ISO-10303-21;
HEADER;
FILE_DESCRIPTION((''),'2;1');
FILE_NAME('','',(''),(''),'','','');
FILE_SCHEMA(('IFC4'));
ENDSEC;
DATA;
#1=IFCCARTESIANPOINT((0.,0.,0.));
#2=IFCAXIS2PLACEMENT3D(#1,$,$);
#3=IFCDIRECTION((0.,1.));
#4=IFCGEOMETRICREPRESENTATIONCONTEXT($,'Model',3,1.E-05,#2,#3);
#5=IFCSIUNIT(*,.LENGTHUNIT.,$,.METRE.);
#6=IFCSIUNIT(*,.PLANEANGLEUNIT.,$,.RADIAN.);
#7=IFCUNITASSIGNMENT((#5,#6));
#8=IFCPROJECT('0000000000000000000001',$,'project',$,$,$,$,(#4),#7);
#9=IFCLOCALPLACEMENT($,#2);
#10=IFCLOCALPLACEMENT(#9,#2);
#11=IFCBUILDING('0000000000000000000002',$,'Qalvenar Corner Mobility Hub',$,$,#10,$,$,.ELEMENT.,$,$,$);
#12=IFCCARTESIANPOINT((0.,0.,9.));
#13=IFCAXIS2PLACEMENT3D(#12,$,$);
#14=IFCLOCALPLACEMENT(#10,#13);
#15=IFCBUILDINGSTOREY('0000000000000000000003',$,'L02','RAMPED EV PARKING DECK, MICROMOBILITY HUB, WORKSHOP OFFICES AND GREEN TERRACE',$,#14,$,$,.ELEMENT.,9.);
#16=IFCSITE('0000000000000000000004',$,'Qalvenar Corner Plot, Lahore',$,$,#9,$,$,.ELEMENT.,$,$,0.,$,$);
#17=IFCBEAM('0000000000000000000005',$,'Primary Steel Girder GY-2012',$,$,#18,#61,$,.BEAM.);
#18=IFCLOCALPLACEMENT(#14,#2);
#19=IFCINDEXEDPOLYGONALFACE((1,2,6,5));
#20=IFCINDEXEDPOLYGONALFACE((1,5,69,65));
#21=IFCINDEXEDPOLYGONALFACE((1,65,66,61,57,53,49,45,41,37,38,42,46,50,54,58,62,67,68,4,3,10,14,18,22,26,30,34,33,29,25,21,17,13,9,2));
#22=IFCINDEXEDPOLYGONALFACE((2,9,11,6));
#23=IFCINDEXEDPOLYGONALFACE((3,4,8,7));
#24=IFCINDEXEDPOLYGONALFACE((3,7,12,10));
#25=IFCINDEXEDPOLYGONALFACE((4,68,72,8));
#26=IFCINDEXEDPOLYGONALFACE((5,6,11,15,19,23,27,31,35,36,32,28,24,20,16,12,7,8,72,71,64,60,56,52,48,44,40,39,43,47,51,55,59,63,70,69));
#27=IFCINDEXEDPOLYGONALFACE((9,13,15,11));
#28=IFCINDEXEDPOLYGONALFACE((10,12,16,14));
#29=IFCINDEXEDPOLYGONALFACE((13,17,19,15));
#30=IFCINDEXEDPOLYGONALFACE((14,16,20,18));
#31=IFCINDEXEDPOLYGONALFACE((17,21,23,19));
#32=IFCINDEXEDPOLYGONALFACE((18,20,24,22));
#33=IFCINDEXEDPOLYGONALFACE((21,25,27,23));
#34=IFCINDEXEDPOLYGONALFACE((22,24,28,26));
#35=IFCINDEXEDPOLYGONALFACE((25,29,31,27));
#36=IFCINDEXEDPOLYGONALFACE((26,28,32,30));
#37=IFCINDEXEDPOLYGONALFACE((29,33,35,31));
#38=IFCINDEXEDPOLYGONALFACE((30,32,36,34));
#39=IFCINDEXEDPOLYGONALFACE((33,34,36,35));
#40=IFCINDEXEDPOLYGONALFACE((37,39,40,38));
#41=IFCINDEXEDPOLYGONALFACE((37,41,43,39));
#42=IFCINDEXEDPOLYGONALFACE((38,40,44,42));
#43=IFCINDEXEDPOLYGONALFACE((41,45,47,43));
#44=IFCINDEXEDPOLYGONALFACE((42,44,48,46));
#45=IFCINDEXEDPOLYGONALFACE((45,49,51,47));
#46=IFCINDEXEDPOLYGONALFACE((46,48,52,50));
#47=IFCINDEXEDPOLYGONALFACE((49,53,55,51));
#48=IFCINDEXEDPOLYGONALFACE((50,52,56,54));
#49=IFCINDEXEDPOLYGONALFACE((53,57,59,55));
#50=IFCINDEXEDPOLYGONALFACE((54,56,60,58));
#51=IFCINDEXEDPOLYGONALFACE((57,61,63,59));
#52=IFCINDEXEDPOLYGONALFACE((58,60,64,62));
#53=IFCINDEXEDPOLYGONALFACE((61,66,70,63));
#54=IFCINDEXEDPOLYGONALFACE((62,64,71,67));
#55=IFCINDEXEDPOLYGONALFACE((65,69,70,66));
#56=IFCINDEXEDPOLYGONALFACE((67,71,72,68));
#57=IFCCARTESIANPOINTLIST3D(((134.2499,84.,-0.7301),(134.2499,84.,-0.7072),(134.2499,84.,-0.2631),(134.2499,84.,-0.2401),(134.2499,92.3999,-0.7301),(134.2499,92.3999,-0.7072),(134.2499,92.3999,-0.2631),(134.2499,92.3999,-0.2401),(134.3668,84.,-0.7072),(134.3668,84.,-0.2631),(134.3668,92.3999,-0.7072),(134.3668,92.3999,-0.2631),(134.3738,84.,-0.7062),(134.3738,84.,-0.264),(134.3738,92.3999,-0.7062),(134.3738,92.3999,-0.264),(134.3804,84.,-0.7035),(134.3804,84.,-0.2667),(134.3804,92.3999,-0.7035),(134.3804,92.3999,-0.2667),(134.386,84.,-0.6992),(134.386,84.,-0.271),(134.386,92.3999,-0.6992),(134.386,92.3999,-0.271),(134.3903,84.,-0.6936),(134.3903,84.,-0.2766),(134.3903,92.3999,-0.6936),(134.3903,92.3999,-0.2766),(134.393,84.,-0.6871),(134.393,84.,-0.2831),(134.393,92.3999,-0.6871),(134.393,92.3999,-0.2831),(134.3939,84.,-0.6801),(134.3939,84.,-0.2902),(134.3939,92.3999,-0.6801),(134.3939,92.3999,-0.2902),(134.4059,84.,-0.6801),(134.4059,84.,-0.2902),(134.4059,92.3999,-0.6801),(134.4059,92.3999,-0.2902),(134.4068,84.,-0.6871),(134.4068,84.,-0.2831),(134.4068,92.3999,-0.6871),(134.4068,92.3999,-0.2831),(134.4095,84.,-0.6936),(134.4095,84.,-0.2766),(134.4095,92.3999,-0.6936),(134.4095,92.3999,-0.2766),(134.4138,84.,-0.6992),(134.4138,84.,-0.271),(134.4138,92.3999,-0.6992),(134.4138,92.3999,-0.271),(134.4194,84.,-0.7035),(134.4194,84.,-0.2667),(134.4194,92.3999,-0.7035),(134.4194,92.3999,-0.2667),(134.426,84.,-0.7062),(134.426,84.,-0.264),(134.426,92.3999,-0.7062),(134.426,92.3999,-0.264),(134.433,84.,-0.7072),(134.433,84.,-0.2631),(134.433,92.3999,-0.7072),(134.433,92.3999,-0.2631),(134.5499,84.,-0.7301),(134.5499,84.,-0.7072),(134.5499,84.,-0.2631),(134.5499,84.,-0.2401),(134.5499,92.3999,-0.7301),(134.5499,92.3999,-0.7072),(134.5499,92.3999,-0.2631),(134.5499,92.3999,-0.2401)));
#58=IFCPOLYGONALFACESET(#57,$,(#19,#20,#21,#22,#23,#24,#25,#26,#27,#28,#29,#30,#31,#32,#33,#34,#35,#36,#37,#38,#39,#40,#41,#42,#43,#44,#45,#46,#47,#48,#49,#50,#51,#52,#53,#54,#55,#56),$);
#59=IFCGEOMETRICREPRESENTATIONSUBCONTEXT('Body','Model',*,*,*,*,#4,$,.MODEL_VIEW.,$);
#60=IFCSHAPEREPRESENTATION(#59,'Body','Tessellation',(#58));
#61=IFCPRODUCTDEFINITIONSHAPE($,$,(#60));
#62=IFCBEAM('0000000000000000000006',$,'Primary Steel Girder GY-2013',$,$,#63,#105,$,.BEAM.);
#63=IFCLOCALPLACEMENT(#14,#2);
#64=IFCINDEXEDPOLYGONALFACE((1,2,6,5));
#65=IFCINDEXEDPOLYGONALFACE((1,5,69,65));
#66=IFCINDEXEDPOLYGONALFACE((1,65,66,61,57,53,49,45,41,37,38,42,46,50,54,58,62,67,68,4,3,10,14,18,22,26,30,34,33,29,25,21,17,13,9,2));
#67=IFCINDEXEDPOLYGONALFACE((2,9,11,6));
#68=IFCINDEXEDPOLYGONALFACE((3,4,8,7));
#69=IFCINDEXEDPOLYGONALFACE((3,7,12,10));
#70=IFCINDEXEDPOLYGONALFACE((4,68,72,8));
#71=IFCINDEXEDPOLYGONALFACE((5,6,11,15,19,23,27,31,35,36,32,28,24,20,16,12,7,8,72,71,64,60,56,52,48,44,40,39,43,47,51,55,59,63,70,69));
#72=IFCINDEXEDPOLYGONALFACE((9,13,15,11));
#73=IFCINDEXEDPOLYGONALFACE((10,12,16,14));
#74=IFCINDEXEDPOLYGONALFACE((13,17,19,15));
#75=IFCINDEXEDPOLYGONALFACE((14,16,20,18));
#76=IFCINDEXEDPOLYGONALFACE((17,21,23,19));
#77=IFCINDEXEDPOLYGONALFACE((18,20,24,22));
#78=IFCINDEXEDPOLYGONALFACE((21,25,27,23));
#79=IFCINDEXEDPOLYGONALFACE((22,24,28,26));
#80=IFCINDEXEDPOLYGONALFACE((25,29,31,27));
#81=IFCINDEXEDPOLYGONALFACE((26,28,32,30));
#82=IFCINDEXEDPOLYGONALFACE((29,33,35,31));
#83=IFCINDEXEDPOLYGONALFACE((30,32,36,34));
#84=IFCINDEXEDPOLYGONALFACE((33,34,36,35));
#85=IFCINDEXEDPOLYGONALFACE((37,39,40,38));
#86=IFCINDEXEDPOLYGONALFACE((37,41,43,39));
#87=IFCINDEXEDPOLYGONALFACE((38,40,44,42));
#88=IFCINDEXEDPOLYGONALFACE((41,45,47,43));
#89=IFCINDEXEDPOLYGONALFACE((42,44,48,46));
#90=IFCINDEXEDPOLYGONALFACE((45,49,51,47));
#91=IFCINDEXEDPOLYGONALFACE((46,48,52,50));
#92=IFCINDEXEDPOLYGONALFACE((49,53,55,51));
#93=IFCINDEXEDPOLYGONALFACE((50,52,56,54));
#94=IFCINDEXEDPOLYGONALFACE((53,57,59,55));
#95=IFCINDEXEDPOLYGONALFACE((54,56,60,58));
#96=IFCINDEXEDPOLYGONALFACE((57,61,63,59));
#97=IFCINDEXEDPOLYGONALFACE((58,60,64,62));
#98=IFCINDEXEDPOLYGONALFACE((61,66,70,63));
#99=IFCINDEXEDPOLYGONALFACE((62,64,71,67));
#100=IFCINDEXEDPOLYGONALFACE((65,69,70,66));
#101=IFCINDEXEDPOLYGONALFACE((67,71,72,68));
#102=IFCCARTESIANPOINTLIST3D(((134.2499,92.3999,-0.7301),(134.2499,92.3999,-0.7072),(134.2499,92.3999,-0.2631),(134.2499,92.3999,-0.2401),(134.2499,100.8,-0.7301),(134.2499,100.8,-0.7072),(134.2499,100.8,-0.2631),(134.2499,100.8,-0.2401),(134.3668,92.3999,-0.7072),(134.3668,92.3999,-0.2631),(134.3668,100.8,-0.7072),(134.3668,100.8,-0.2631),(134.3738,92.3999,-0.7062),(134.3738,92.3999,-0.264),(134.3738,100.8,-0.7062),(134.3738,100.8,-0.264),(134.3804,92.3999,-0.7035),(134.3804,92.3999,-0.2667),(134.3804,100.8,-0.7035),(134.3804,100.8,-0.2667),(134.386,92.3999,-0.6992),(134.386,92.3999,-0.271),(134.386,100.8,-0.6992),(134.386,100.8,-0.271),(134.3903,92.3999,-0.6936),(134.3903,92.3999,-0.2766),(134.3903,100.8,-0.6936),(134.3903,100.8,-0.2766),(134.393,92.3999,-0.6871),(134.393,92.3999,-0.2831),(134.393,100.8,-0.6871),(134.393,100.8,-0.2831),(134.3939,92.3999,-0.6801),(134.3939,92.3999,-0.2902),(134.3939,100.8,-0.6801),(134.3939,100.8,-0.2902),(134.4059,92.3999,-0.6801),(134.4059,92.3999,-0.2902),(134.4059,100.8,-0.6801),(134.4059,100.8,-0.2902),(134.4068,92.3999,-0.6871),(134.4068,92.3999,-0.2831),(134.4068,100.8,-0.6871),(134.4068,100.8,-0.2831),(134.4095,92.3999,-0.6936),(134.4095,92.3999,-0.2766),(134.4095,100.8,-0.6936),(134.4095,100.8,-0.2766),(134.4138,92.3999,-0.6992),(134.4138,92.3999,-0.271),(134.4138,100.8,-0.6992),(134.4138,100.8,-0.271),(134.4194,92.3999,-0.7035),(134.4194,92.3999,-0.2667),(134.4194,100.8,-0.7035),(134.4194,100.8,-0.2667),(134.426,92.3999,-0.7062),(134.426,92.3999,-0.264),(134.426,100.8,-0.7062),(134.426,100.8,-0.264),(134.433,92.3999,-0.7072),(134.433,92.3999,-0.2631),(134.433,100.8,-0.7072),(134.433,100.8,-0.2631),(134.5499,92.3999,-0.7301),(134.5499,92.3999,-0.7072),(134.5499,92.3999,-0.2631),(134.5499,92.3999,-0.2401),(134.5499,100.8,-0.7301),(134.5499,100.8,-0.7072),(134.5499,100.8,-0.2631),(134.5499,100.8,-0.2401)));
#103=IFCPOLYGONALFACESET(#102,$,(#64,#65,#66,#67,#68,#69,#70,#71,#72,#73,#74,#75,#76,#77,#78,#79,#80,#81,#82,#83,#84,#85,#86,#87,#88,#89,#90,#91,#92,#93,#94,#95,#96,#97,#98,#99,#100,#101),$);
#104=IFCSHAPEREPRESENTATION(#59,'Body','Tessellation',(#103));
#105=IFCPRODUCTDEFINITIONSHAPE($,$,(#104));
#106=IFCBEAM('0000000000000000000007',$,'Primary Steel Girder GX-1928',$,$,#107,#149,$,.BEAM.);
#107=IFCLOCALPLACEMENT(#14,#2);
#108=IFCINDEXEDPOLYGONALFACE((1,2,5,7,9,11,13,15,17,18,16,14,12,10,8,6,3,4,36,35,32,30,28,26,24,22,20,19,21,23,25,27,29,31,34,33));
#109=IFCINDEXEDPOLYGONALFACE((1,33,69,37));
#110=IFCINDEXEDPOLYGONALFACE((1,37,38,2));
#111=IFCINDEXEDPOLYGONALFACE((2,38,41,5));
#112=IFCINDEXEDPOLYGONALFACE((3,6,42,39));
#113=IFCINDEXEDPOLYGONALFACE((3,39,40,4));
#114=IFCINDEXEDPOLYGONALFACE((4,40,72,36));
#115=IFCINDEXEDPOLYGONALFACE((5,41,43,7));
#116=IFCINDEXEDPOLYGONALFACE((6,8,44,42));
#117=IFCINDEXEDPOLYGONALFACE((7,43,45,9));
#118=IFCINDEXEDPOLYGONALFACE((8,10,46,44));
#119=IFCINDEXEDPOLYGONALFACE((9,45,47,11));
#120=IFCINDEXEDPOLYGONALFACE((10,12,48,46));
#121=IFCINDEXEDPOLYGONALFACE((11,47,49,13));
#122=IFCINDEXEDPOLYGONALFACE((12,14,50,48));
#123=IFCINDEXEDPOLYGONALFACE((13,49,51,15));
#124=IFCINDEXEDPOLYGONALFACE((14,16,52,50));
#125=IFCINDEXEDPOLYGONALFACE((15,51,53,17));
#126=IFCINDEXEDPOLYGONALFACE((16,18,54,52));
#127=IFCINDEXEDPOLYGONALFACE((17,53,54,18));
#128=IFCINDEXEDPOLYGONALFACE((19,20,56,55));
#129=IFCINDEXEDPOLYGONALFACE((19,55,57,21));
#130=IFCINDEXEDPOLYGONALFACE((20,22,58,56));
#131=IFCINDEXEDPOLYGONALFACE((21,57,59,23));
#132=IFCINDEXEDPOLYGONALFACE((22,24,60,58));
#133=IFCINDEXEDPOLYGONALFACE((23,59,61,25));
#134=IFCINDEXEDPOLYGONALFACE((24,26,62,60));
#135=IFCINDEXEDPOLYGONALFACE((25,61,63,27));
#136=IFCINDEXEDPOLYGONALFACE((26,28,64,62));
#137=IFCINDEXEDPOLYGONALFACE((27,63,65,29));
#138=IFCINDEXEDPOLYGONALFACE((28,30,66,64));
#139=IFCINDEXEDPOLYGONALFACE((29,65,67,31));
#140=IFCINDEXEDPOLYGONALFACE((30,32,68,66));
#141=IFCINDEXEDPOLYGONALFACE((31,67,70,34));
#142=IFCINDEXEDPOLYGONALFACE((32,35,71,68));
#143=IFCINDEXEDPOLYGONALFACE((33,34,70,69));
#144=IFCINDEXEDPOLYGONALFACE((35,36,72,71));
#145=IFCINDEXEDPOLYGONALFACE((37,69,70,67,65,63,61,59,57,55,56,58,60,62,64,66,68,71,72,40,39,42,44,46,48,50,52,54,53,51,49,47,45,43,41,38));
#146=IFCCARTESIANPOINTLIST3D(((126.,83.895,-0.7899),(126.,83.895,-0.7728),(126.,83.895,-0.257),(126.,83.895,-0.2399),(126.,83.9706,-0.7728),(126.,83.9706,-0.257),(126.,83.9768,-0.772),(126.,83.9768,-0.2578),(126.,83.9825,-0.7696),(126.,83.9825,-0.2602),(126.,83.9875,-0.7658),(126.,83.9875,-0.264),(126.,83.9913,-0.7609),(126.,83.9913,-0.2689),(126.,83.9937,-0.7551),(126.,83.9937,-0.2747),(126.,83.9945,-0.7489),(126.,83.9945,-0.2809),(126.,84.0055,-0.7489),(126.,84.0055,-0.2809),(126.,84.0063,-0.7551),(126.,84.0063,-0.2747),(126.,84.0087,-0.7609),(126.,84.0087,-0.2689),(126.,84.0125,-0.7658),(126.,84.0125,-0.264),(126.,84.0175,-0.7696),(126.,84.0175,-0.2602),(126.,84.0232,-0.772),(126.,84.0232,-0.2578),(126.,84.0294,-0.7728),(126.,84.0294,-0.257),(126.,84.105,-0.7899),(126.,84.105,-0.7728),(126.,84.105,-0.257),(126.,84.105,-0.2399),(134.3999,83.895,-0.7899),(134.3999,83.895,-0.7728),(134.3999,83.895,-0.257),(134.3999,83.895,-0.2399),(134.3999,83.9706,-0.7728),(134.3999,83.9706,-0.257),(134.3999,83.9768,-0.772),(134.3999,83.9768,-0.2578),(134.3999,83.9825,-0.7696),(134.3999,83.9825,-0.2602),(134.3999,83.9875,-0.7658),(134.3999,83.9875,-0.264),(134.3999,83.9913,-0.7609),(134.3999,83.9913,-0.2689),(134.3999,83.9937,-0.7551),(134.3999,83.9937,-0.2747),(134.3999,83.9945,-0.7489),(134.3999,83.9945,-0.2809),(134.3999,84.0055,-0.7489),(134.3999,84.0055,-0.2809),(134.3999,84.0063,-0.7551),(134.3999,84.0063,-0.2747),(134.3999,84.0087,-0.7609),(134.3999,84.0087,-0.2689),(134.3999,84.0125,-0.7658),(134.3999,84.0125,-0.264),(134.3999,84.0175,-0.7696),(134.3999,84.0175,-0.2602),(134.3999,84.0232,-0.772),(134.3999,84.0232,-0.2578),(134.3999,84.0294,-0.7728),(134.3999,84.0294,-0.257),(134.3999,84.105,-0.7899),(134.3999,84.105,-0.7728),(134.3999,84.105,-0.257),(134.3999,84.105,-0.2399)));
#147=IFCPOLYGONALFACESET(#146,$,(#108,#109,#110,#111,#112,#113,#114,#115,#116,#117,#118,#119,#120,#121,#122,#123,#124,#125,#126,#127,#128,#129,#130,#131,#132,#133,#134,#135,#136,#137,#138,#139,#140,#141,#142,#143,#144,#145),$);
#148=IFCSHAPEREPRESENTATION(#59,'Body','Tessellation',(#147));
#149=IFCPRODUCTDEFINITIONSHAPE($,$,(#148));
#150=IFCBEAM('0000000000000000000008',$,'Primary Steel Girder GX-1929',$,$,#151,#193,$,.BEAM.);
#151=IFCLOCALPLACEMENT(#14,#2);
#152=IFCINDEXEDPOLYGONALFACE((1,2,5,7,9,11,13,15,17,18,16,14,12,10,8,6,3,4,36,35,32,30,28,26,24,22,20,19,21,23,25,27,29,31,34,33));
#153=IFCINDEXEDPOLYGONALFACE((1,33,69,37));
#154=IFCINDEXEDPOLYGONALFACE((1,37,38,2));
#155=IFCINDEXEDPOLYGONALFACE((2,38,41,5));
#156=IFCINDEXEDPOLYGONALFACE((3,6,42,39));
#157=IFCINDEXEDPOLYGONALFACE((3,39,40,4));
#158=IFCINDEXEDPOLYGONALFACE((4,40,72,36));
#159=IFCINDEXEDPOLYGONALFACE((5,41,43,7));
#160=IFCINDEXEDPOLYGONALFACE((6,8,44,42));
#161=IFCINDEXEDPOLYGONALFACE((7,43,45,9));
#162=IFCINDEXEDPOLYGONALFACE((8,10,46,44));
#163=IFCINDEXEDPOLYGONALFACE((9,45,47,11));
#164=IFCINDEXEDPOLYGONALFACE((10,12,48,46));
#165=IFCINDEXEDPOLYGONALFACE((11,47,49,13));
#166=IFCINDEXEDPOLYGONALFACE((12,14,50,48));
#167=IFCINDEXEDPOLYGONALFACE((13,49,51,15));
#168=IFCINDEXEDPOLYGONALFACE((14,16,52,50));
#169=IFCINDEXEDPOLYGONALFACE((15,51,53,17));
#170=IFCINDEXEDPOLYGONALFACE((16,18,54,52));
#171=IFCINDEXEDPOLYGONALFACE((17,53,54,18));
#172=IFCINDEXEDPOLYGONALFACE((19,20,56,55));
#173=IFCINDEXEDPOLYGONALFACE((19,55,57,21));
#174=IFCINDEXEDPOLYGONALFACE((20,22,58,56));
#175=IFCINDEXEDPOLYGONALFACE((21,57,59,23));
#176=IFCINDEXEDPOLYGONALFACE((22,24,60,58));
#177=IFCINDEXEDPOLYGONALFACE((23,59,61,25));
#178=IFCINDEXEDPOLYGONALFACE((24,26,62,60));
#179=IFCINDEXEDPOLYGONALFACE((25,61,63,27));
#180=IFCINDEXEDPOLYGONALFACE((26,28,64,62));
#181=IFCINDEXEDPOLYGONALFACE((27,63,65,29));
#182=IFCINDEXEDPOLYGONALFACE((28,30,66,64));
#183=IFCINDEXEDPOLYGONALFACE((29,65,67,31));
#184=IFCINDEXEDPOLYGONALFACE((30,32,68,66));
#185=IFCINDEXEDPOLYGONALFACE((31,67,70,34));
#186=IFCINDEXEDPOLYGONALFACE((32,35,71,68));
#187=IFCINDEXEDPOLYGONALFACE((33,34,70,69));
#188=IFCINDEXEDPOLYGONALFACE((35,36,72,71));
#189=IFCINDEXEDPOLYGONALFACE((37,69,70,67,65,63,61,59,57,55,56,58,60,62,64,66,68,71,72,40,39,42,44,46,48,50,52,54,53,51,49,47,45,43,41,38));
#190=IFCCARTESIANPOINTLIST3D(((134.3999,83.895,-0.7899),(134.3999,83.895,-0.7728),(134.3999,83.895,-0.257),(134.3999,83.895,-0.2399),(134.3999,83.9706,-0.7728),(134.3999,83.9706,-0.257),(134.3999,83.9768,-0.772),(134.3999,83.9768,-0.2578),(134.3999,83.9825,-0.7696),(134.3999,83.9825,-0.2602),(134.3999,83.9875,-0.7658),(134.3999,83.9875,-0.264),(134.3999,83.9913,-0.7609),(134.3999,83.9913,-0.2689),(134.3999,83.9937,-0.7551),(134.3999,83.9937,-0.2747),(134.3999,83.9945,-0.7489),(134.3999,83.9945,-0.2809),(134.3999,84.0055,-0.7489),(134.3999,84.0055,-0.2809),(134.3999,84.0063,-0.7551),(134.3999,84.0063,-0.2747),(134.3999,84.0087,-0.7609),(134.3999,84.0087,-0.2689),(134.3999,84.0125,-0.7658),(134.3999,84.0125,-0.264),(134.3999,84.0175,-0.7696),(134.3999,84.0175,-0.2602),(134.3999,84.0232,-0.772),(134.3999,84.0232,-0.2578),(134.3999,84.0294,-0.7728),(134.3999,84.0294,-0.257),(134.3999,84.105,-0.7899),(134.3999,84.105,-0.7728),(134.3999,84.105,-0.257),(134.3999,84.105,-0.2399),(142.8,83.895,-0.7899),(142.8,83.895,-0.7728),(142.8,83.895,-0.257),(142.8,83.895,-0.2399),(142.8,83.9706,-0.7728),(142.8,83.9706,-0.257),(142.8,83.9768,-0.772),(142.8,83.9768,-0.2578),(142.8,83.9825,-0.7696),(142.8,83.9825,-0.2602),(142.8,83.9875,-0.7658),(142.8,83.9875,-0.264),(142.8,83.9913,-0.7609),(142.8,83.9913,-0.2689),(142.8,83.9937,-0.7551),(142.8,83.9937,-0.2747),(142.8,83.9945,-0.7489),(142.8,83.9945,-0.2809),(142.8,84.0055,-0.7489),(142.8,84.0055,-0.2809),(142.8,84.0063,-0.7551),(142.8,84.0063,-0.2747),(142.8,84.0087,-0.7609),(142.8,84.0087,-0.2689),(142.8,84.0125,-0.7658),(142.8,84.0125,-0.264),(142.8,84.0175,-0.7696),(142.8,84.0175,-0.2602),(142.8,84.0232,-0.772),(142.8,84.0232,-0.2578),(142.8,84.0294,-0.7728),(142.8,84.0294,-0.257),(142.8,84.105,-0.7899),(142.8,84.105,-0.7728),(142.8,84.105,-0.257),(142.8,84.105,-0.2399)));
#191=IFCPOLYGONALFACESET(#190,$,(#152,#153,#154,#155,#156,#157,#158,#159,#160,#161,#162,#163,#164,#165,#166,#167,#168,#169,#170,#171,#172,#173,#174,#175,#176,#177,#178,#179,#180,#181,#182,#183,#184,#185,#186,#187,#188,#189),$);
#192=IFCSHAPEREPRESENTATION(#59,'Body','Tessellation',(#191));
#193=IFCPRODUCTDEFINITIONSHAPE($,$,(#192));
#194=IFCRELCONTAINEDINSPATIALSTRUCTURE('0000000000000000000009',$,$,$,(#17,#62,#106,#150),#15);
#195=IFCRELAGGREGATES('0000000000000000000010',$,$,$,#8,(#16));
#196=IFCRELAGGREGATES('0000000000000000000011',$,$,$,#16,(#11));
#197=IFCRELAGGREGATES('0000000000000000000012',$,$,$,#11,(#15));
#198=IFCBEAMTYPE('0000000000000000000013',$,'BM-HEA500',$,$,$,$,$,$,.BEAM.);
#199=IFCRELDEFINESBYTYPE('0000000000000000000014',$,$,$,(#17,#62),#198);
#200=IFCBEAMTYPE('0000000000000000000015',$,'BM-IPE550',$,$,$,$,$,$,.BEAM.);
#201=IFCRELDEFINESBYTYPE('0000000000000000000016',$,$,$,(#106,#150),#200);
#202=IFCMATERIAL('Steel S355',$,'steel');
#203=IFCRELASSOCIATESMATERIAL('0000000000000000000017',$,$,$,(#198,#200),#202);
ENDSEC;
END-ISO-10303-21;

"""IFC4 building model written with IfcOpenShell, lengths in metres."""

from ifc_helpers import new_model, si_unit, direction, frame, origin, origin_2d, place, context, subcontext, project, spatial, i_section, extrude, material, material_profile, profile_set, type_object, element, save


model = new_model("IFC4")

# Units and contexts
model_context = context("Model", 3, precision=1e-05, world=origin(), true_north=direction((0.0, 1.0)))
body_context = subcontext(model_context, "Body", "Model", "MODEL_VIEW")
ifc_project = project(units=[si_unit("LENGTHUNIT", "METRE"), si_unit("PLANEANGLEUNIT", "RADIAN")], contexts=[model_context])

# Site, building, storey
site_placement = place(None, origin())
site = spatial("IfcSite", under=ifc_project, at=site_placement, Name="Qalvenar Corner Plot, Lahore", CompositionType="ELEMENT", RefElevation=0.0)
building_placement = place(site_placement, origin())
building = spatial("IfcBuilding", under=site, at=building_placement, Name="Qalvenar Corner Mobility Hub", CompositionType="ELEMENT")
storey_placement = place(building_placement, frame((0.0, 0.0, 9.0)))
storey = spatial("IfcBuildingStorey", under=building, at=storey_placement, Name="L02", Description="RAMPED EV PARKING DECK, MICROMOBILITY HUB, WORKSHOP OFFICES AND GREEN TERRACE", CompositionType="ELEMENT", Elevation=9.0)

# Shared definitions
ifc_material_1 = material(Name="Steel S355", Category="steel")

# Beams
ifc_material_profile_1 = material_profile(ifc_material_1, i_section(OverallWidth=0.3, OverallDepth=0.49, WebThickness=0.012, FlangeThickness=0.0229, FilletRadius=0.0271, at=origin_2d()), Name="HEA500")
ifc_profile_set_1 = profile_set([ifc_material_profile_1], Name="Steel S355")
beam_type_1 = type_object("IfcBeamType", Name="BM-HEA500", PredefinedType="BEAM", material=ifc_profile_set_1)
beam_1_placement = place(storey_placement, frame((134.3999, 84.0, -0.4851), z_axis=(0.0, 1.0, 0.0), x_axis=(-1.0, 0.0, 0.0)))
element("IfcBeam", 1, at=beam_1_placement, inside=storey, type_object=beam_type_1, Name="Primary Steel Girder GY-2012", PredefinedType="BEAM", context=body_context, shape_type="SweptSolid", body=[
    extrude(i_section(OverallWidth=0.3, OverallDepth=0.49, WebThickness=0.012, FlangeThickness=0.0229, FilletRadius=0.0271, at=origin_2d()), origin(), (0.0, 0.0, 1.0), 8.3999),
])
beam_2_placement = place(storey_placement, frame((134.3999, 92.3999, -0.4851), z_axis=(0.0, 1.0, 0.0), x_axis=(-1.0, 0.0, 0.0)))
element("IfcBeam", 2, at=beam_2_placement, inside=storey, type_object=beam_type_1, Name="Primary Steel Girder GY-2013", PredefinedType="BEAM", context=body_context, shape_type="SweptSolid", body=[
    extrude(i_section(OverallWidth=0.3, OverallDepth=0.49, WebThickness=0.012, FlangeThickness=0.0229, FilletRadius=0.0271, at=origin_2d()), origin(), (0.0, 0.0, 1.0), 8.4001),
])
ifc_material_profile_2 = material_profile(ifc_material_1, i_section(OverallWidth=0.21, OverallDepth=0.55, WebThickness=0.011, FlangeThickness=0.0171, FilletRadius=0.0239, at=origin_2d()), Name="IPE550")
ifc_profile_set_2 = profile_set([ifc_material_profile_2], Name="Steel S355")
beam_type_2 = type_object("IfcBeamType", Name="BM-IPE550", PredefinedType="BEAM", material=ifc_profile_set_2)
beam_3_placement = place(storey_placement, frame((126.0, 84.0, -0.5149), z_axis=(1.0, 0.0, 0.0), x_axis=(0.0, 1.0, 0.0)))
element("IfcBeam", 3, at=beam_3_placement, inside=storey, type_object=beam_type_2, Name="Primary Steel Girder GX-1928", PredefinedType="BEAM", context=body_context, shape_type="SweptSolid", body=[
    extrude(i_section(OverallWidth=0.21, OverallDepth=0.55, WebThickness=0.011, FlangeThickness=0.0171, FilletRadius=0.0239, at=origin_2d()), origin(), (0.0, 0.0, 1.0), 8.3999),
])
beam_4_placement = place(storey_placement, frame((134.3999, 84.0, -0.5149), z_axis=(1.0, 0.0, 0.0), x_axis=(0.0, 1.0, 0.0)))
element("IfcBeam", 4, at=beam_4_placement, inside=storey, type_object=beam_type_2, Name="Primary Steel Girder GX-1929", PredefinedType="BEAM", context=body_context, shape_type="SweptSolid", body=[
    extrude(i_section(OverallWidth=0.21, OverallDepth=0.55, WebThickness=0.011, FlangeThickness=0.0171, FilletRadius=0.0239, at=origin_2d()), origin(), (0.0, 0.0, 1.0), 8.4001),
])

save(model, "model.ifc")
